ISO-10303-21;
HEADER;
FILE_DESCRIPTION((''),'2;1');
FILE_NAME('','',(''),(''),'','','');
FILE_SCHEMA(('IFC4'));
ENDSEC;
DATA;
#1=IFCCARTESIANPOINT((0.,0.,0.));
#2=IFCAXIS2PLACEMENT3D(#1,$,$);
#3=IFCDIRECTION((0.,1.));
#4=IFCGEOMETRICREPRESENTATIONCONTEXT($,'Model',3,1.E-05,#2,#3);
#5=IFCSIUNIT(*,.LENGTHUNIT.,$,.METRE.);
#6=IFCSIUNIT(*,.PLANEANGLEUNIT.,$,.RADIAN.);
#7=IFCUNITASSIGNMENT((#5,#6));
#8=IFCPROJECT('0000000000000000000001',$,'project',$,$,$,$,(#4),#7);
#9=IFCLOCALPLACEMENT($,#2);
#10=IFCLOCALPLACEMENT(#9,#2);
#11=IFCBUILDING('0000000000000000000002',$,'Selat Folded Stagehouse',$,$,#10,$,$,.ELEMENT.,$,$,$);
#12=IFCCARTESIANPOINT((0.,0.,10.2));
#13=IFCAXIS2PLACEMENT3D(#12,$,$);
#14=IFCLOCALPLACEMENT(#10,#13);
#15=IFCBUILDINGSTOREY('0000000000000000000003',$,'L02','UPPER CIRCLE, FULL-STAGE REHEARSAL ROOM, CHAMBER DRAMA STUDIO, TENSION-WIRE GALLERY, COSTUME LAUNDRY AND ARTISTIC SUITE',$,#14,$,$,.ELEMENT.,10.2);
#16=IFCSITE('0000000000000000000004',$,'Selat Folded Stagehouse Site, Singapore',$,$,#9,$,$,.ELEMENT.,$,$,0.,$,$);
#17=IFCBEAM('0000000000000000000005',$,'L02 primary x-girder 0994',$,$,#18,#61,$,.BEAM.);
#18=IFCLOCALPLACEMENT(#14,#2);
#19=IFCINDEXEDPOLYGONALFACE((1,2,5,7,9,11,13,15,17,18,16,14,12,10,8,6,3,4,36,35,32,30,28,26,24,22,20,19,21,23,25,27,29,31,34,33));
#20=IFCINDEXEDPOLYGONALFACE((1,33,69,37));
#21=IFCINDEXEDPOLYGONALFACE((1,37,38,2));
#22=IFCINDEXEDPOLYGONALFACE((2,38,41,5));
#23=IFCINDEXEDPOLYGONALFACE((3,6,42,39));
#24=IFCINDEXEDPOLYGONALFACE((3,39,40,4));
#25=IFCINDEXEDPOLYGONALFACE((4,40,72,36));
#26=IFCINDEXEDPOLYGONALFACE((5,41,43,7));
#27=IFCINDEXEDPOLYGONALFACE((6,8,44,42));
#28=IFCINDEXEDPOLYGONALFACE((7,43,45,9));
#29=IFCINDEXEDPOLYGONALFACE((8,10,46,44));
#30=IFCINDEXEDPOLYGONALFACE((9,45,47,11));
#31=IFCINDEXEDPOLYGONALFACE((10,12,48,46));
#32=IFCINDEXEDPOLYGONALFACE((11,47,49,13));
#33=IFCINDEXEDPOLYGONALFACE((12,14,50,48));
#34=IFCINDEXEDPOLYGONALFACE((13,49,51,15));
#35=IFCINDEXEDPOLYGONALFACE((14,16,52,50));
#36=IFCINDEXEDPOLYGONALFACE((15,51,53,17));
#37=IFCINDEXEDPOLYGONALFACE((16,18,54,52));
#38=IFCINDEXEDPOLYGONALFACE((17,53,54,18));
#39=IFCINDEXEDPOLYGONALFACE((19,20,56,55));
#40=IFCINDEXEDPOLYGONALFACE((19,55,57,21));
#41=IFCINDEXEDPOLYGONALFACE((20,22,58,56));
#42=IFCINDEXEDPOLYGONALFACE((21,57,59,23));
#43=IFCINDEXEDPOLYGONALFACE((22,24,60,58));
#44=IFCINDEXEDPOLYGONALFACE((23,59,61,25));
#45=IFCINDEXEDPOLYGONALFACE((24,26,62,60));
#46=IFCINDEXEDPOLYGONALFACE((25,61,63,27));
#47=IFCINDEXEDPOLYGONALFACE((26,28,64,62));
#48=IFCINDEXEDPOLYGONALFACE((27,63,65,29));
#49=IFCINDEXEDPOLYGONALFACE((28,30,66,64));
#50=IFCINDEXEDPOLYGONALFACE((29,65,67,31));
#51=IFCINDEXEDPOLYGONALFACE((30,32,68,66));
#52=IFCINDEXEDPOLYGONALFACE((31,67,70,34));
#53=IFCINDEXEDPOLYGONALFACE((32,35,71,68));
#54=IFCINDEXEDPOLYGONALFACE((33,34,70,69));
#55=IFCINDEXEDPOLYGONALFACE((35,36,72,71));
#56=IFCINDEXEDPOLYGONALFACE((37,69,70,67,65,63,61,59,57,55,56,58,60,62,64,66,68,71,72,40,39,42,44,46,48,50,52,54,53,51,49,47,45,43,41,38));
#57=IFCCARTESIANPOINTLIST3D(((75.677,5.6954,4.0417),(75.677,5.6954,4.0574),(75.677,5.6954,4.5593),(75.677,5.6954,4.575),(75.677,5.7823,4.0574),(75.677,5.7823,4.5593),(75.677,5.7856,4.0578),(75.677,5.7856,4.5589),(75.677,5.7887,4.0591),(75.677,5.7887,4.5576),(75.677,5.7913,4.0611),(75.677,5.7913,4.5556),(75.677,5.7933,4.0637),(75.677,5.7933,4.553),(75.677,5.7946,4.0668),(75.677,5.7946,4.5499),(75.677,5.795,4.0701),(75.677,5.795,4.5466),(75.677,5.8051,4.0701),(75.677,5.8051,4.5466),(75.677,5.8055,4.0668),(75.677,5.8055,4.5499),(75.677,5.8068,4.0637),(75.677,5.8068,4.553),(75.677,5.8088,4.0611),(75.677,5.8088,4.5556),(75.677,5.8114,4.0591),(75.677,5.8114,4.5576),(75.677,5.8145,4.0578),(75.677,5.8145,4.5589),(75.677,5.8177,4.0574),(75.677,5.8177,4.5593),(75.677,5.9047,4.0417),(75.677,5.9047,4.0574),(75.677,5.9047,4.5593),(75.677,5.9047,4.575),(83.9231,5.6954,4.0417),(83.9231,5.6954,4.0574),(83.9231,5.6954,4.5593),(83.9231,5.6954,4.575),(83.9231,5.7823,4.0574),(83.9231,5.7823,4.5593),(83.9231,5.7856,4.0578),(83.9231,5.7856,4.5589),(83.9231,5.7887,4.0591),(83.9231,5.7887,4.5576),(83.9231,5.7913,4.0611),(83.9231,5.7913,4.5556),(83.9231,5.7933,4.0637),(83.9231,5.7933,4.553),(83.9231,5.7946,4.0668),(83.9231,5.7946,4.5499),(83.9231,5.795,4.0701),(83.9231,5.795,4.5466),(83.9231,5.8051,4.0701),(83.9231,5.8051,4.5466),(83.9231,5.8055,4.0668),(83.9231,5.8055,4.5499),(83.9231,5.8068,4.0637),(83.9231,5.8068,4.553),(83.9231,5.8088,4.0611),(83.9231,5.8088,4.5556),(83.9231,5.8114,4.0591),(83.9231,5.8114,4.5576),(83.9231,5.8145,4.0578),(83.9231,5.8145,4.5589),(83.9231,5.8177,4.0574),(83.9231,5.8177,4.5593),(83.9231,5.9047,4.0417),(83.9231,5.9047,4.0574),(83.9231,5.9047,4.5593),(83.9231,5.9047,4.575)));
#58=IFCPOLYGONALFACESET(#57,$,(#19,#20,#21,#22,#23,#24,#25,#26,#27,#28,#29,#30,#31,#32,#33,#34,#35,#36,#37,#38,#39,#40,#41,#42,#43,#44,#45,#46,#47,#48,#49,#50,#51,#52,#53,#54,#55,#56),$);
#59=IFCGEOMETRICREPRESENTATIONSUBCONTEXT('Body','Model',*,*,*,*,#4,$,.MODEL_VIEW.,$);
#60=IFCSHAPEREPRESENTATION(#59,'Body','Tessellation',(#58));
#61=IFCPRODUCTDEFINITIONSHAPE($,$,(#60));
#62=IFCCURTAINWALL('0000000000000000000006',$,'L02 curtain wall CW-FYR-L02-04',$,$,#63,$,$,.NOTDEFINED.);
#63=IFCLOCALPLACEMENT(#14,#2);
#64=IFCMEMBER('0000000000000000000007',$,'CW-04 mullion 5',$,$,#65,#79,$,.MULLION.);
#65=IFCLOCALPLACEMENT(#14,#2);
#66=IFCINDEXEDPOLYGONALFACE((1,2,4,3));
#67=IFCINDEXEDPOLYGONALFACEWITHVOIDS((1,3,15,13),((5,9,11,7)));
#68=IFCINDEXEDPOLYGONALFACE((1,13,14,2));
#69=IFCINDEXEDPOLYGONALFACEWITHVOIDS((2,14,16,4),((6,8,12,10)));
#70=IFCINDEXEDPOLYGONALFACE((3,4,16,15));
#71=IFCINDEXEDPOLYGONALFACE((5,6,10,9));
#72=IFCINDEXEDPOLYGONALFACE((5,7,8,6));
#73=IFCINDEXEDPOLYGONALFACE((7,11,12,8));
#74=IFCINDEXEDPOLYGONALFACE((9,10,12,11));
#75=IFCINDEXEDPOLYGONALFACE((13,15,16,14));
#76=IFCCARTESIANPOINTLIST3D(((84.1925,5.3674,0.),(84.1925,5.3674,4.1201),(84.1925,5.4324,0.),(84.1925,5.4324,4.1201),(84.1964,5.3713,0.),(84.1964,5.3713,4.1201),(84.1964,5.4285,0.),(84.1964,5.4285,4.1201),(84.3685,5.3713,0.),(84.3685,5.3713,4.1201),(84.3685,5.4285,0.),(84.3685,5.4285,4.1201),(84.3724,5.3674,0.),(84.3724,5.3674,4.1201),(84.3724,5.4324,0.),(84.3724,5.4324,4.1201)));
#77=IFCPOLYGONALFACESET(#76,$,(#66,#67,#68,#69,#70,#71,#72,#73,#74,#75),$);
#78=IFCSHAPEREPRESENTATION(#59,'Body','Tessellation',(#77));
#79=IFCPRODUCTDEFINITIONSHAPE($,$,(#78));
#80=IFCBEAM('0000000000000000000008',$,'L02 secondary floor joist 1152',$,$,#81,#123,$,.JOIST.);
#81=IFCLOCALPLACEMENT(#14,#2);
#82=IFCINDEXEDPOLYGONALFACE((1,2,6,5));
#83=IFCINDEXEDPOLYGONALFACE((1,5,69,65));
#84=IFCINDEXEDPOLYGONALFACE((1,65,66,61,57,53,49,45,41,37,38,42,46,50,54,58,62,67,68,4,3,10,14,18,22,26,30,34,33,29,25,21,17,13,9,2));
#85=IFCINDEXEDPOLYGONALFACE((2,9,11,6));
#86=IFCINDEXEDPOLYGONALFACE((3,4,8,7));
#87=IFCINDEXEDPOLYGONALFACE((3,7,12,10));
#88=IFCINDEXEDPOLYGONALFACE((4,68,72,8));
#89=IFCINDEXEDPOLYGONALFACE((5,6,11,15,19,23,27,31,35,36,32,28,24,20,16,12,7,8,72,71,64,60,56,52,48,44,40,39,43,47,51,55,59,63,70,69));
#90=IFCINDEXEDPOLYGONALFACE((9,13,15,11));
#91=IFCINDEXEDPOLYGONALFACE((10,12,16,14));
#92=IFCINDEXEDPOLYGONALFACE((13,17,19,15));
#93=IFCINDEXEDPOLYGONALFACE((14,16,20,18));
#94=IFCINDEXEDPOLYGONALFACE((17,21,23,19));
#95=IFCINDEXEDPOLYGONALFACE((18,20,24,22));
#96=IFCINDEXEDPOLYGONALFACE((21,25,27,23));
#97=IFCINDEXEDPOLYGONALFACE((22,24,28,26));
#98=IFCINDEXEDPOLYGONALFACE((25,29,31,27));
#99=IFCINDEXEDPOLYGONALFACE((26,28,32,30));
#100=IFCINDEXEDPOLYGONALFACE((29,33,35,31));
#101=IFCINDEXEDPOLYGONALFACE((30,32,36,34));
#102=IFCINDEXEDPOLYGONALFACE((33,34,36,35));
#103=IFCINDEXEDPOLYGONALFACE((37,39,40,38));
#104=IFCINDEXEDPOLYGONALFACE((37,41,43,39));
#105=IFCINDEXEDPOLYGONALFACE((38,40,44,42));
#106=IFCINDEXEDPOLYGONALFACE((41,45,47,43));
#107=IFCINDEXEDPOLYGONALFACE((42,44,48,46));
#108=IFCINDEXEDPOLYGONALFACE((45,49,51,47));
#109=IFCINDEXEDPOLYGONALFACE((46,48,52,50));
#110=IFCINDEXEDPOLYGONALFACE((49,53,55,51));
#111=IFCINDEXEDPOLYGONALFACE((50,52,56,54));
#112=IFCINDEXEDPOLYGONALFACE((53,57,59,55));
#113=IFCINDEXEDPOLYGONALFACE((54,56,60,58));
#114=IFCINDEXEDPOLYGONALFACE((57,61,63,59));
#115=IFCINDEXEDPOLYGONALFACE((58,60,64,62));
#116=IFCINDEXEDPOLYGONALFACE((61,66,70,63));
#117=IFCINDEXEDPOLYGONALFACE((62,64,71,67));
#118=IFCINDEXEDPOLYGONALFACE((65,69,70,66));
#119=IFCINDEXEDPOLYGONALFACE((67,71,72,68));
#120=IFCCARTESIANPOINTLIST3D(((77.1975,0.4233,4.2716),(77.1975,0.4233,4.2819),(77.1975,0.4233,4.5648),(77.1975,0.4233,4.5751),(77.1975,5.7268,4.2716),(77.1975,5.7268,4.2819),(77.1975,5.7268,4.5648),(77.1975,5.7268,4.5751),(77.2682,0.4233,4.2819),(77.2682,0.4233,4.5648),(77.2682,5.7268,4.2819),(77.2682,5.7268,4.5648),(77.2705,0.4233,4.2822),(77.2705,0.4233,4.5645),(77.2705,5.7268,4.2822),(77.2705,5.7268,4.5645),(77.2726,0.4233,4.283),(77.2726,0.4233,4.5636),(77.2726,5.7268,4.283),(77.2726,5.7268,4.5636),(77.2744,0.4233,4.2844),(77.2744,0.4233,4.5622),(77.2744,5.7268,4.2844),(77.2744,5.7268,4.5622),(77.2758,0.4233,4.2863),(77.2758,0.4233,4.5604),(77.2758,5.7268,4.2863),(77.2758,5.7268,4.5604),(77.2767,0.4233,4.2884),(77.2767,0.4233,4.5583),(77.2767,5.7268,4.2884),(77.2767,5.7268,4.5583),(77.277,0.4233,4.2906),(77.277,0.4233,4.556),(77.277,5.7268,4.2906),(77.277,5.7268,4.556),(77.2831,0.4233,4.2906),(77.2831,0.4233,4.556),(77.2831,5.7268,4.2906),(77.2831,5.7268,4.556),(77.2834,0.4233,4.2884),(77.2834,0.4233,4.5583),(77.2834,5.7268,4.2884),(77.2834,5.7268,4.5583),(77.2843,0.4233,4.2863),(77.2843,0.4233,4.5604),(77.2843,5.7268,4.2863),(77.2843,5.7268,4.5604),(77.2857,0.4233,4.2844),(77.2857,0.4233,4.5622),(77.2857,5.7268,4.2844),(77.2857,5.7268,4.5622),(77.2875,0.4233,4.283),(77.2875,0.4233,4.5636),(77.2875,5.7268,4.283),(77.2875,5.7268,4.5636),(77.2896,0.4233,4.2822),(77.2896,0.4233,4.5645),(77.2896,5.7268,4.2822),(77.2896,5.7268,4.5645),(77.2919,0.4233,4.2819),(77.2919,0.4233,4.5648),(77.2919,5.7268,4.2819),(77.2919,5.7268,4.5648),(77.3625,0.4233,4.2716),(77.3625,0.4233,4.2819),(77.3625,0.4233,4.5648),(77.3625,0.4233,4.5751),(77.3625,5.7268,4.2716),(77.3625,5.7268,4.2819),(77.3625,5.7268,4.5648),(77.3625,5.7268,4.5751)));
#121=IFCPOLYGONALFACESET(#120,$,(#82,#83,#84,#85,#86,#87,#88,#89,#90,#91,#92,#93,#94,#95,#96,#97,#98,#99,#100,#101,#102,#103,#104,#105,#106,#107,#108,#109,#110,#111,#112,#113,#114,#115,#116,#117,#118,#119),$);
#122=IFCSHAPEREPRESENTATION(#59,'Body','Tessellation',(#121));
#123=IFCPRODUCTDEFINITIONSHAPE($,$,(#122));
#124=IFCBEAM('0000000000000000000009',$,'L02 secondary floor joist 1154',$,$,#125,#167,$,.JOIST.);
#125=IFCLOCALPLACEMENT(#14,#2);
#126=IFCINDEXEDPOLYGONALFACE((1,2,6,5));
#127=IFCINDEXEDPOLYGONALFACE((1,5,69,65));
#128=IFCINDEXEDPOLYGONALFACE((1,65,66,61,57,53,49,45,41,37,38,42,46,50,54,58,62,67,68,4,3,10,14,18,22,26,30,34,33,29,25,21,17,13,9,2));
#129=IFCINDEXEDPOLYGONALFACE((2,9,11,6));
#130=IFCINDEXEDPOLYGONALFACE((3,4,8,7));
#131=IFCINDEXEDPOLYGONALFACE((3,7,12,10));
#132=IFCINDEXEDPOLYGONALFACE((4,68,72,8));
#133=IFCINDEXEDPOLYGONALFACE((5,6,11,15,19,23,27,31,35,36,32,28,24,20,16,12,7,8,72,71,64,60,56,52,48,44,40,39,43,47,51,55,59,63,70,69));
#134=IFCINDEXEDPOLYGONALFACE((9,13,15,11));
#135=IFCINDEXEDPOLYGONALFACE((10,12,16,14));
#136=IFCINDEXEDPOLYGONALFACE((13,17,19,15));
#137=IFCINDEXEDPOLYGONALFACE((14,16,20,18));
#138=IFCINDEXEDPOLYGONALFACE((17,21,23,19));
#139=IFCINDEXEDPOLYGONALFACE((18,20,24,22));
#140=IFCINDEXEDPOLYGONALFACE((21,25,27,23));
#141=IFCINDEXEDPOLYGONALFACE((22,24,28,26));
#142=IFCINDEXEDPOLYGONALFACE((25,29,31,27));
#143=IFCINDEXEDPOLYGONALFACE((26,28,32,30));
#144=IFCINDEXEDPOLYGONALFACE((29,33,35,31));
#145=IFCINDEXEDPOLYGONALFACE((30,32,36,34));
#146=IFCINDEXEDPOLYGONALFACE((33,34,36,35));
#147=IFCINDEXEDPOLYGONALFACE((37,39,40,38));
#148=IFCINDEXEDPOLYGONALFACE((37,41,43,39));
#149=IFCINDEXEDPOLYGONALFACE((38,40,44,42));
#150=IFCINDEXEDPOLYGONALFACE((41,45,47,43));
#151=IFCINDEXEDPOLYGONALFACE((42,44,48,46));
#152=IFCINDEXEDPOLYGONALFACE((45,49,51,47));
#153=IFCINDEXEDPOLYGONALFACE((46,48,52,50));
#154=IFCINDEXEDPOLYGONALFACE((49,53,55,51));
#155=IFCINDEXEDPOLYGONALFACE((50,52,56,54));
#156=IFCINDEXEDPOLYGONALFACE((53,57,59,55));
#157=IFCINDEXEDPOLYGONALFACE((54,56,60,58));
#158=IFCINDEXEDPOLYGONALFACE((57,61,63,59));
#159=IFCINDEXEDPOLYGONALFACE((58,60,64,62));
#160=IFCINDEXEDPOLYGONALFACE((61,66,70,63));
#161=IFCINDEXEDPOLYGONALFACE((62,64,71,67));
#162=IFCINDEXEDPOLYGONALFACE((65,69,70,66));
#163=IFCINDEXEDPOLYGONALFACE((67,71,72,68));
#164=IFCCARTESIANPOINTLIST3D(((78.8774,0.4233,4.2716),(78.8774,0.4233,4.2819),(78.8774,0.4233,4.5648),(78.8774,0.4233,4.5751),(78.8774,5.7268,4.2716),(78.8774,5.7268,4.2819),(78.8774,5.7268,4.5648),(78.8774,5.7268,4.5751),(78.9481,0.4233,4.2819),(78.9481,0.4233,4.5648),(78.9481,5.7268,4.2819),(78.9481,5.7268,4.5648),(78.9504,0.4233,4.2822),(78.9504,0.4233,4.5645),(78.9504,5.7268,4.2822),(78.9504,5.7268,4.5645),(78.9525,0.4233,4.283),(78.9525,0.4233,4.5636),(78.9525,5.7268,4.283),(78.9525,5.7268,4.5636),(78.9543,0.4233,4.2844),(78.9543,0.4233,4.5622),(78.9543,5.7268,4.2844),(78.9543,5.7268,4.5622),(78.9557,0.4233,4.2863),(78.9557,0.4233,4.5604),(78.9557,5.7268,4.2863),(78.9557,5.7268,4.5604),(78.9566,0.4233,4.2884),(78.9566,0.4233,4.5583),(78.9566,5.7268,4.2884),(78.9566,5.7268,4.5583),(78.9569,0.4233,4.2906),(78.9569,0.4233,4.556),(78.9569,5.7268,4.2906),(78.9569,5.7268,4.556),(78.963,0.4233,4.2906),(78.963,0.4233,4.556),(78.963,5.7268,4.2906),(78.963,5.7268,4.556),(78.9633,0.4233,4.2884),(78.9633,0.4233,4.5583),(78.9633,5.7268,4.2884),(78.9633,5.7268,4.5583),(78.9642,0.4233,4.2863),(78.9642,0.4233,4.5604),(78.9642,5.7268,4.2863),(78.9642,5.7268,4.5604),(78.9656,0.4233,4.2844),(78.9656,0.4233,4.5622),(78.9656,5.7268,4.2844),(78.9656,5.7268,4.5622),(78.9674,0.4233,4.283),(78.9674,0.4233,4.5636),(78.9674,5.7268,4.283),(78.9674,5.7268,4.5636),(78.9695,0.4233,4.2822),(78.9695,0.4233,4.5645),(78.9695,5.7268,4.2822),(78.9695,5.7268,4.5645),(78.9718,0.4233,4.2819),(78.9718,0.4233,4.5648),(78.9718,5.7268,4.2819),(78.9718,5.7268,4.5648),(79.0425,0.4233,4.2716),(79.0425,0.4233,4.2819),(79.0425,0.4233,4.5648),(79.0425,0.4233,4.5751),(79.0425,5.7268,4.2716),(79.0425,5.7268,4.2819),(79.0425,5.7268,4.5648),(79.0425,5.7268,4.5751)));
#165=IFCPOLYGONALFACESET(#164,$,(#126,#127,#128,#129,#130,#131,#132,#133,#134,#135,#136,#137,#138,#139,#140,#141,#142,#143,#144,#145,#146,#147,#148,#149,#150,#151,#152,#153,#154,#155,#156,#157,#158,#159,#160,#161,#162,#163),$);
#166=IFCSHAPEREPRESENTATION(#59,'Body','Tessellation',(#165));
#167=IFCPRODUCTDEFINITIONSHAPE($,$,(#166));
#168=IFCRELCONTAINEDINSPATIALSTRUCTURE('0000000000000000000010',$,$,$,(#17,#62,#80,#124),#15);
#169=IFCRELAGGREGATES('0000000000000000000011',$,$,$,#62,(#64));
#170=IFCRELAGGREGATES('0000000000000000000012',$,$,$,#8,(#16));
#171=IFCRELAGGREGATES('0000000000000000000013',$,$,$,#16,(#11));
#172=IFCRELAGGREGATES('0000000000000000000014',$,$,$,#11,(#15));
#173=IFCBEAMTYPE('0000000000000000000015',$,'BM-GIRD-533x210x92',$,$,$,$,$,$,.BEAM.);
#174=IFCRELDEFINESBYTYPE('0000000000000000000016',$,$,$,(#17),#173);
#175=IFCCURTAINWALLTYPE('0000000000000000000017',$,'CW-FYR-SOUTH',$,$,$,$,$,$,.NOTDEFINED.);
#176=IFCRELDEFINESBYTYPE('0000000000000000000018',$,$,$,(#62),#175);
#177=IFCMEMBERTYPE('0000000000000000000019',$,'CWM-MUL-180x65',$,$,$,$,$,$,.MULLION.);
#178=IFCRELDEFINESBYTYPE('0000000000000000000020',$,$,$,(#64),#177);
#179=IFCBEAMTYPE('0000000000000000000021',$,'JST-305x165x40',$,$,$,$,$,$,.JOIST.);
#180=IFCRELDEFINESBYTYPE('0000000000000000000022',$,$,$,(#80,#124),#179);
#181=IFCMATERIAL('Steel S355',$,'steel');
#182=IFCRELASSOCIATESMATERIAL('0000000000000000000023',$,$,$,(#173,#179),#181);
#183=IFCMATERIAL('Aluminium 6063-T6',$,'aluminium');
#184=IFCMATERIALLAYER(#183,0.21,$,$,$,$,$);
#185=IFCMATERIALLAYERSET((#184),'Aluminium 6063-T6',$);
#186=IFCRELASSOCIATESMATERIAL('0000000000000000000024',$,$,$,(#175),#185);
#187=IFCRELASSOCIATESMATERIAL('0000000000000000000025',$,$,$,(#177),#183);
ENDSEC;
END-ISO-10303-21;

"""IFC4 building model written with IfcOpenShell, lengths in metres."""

from ifc_helpers import new_model, si_unit, direction, frame, origin, origin_2d, place, context, subcontext, project, spatial, hollow_rectangle, i_section, extrude, material, layer, layer_set, material_profile, profile_set, type_object, element, aggregate, save


model = new_model("IFC4")

# Units and contexts
model_context = context("Model", 3, precision=1e-05, world=origin(), true_north=direction((0.0, 1.0)))
body_context = subcontext(model_context, "Body", "Model", "MODEL_VIEW")
ifc_project = project(units=[si_unit("LENGTHUNIT", "METRE"), si_unit("PLANEANGLEUNIT", "RADIAN")], contexts=[model_context])

# Site, building, storey
site_placement = place(None, origin())
site = spatial("IfcSite", under=ifc_project, at=site_placement, Name="Selat Folded Stagehouse Site, Singapore", CompositionType="ELEMENT", RefElevation=0.0)
building_placement = place(site_placement, origin())
building = spatial("IfcBuilding", under=site, at=building_placement, Name="Selat Folded Stagehouse", CompositionType="ELEMENT")
storey_placement = place(building_placement, frame((0.0, 0.0, 10.2)))
storey = spatial("IfcBuildingStorey", under=building, at=storey_placement, Name="L02", Description="UPPER CIRCLE, FULL-STAGE REHEARSAL ROOM, CHAMBER DRAMA STUDIO, TENSION-WIRE GALLERY, COSTUME LAUNDRY AND ARTISTIC SUITE", CompositionType="ELEMENT", Elevation=10.2)

# Shared definitions
ifc_material_1 = material(Name="Steel S355", Category="steel")

# Beam
ifc_material_profile_1 = material_profile(ifc_material_1, i_section(OverallWidth=0.2092, OverallDepth=0.5332, WebThickness=0.01, FlangeThickness=0.0156, FilletRadius=0.0127, at=origin_2d()), Name="UKB 533x210x92")
ifc_profile_set_1 = profile_set([ifc_material_profile_1], Name="Steel S355")
beam_type_1 = type_object("IfcBeamType", Name="BM-GIRD-533x210x92", PredefinedType="BEAM", material=ifc_profile_set_1)
beam_1_placement = place(storey_placement, frame((75.677, 5.8, 4.3083), z_axis=(1.0, 0.0, 0.0), x_axis=(0.0, 1.0, 0.0)))
element("IfcBeam", 1, at=beam_1_placement, inside=storey, type_object=beam_type_1, Name="L02 primary x-girder 0994", PredefinedType="BEAM", context=body_context, shape_type="SweptSolid", body=[
    extrude(i_section(OverallWidth=0.2092, OverallDepth=0.5332, WebThickness=0.01, FlangeThickness=0.0156, FilletRadius=0.0127, at=origin_2d()), origin(), (0.0, 0.0, 1.0), 8.2461),
])

# Curtain wall, member
ifc_material_2 = material(Name="Aluminium 6063-T6", Category="aluminium")
ifc_layer_1 = layer(ifc_material_2, 0.21)
ifc_layer_set_1 = layer_set([ifc_layer_1], Name="Aluminium 6063-T6")
curtain_wall_type = type_object("IfcCurtainWallType", Name="CW-FYR-SOUTH", PredefinedType="NOTDEFINED", material=ifc_layer_set_1)
curtain_wall_placement = place(storey_placement, origin())
curtain_wall = element("IfcCurtainWall", 2, at=curtain_wall_placement, inside=storey, type_object=curtain_wall_type, Name="L02 curtain wall CW-FYR-L02-04", PredefinedType="NOTDEFINED")
ifc_material_profile_2 = material_profile(ifc_material_2, hollow_rectangle(XDim=0.0649, YDim=0.1799, WallThickness=0.0039, at=origin_2d()), Name="ALU 180x65x4.0")
ifc_profile_set_2 = profile_set([ifc_material_profile_2], Name="Aluminium 6063-T6")
member_type = type_object("IfcMemberType", Name="CWM-MUL-180x65", PredefinedType="MULLION", material=ifc_profile_set_2)
member_placement = place(storey_placement, frame((84.2825, 5.3999, 0.0), z_axis=(0.0, 0.0, 1.0), x_axis=(0.0, -1.0, 0.0)))
member = element("IfcMember", 3, at=member_placement, type_object=member_type, Name="CW-04 mullion 5", PredefinedType="MULLION", context=body_context, shape_type="SweptSolid", body=[
    extrude(hollow_rectangle(XDim=0.0649, YDim=0.1799, WallThickness=0.0039, at=origin_2d()), origin(), (0.0, 0.0, 1.0), 4.1201),
])

# Beams
ifc_material_profile_3 = material_profile(ifc_material_1, i_section(OverallWidth=0.165, OverallDepth=0.3035, WebThickness=0.0061, FlangeThickness=0.0103, FilletRadius=0.0088, at=origin_2d()), Name="UKB 305x165x40")
ifc_profile_set_3 = profile_set([ifc_material_profile_3], Name="Steel S355")
beam_type_2 = type_object("IfcBeamType", Name="JST-305x165x40", PredefinedType="JOIST", material=ifc_profile_set_3)
for number, where, z_axis, x_axis, name in (
    (4, (77.28, 0.4233, 4.4233), (0.0, 1.0, 0.0), (-1.0, 0.0, 0.0), "L02 secondary floor joist 1152"),
    (5, (78.96, 0.4233, 4.4233), (0.0, 1.0, 0.0), (-1.0, 0.0, 0.0), "L02 secondary floor joist 1154"),
):
    element("IfcBeam", number, at=place(storey_placement, frame(where, z_axis=z_axis, x_axis=x_axis)), inside=storey, type_object=beam_type_2, Name=name, PredefinedType="JOIST", context=body_context, shape_type="SweptSolid", body=[
        extrude(i_section(OverallWidth=0.165, OverallDepth=0.3035, WebThickness=0.0061, FlangeThickness=0.0103, FilletRadius=0.0088, at=origin_2d()), origin(), (0.0, 0.0, 1.0), 5.3035),
    ])

aggregate(curtain_wall, [member])

save(model, "model.ifc")
